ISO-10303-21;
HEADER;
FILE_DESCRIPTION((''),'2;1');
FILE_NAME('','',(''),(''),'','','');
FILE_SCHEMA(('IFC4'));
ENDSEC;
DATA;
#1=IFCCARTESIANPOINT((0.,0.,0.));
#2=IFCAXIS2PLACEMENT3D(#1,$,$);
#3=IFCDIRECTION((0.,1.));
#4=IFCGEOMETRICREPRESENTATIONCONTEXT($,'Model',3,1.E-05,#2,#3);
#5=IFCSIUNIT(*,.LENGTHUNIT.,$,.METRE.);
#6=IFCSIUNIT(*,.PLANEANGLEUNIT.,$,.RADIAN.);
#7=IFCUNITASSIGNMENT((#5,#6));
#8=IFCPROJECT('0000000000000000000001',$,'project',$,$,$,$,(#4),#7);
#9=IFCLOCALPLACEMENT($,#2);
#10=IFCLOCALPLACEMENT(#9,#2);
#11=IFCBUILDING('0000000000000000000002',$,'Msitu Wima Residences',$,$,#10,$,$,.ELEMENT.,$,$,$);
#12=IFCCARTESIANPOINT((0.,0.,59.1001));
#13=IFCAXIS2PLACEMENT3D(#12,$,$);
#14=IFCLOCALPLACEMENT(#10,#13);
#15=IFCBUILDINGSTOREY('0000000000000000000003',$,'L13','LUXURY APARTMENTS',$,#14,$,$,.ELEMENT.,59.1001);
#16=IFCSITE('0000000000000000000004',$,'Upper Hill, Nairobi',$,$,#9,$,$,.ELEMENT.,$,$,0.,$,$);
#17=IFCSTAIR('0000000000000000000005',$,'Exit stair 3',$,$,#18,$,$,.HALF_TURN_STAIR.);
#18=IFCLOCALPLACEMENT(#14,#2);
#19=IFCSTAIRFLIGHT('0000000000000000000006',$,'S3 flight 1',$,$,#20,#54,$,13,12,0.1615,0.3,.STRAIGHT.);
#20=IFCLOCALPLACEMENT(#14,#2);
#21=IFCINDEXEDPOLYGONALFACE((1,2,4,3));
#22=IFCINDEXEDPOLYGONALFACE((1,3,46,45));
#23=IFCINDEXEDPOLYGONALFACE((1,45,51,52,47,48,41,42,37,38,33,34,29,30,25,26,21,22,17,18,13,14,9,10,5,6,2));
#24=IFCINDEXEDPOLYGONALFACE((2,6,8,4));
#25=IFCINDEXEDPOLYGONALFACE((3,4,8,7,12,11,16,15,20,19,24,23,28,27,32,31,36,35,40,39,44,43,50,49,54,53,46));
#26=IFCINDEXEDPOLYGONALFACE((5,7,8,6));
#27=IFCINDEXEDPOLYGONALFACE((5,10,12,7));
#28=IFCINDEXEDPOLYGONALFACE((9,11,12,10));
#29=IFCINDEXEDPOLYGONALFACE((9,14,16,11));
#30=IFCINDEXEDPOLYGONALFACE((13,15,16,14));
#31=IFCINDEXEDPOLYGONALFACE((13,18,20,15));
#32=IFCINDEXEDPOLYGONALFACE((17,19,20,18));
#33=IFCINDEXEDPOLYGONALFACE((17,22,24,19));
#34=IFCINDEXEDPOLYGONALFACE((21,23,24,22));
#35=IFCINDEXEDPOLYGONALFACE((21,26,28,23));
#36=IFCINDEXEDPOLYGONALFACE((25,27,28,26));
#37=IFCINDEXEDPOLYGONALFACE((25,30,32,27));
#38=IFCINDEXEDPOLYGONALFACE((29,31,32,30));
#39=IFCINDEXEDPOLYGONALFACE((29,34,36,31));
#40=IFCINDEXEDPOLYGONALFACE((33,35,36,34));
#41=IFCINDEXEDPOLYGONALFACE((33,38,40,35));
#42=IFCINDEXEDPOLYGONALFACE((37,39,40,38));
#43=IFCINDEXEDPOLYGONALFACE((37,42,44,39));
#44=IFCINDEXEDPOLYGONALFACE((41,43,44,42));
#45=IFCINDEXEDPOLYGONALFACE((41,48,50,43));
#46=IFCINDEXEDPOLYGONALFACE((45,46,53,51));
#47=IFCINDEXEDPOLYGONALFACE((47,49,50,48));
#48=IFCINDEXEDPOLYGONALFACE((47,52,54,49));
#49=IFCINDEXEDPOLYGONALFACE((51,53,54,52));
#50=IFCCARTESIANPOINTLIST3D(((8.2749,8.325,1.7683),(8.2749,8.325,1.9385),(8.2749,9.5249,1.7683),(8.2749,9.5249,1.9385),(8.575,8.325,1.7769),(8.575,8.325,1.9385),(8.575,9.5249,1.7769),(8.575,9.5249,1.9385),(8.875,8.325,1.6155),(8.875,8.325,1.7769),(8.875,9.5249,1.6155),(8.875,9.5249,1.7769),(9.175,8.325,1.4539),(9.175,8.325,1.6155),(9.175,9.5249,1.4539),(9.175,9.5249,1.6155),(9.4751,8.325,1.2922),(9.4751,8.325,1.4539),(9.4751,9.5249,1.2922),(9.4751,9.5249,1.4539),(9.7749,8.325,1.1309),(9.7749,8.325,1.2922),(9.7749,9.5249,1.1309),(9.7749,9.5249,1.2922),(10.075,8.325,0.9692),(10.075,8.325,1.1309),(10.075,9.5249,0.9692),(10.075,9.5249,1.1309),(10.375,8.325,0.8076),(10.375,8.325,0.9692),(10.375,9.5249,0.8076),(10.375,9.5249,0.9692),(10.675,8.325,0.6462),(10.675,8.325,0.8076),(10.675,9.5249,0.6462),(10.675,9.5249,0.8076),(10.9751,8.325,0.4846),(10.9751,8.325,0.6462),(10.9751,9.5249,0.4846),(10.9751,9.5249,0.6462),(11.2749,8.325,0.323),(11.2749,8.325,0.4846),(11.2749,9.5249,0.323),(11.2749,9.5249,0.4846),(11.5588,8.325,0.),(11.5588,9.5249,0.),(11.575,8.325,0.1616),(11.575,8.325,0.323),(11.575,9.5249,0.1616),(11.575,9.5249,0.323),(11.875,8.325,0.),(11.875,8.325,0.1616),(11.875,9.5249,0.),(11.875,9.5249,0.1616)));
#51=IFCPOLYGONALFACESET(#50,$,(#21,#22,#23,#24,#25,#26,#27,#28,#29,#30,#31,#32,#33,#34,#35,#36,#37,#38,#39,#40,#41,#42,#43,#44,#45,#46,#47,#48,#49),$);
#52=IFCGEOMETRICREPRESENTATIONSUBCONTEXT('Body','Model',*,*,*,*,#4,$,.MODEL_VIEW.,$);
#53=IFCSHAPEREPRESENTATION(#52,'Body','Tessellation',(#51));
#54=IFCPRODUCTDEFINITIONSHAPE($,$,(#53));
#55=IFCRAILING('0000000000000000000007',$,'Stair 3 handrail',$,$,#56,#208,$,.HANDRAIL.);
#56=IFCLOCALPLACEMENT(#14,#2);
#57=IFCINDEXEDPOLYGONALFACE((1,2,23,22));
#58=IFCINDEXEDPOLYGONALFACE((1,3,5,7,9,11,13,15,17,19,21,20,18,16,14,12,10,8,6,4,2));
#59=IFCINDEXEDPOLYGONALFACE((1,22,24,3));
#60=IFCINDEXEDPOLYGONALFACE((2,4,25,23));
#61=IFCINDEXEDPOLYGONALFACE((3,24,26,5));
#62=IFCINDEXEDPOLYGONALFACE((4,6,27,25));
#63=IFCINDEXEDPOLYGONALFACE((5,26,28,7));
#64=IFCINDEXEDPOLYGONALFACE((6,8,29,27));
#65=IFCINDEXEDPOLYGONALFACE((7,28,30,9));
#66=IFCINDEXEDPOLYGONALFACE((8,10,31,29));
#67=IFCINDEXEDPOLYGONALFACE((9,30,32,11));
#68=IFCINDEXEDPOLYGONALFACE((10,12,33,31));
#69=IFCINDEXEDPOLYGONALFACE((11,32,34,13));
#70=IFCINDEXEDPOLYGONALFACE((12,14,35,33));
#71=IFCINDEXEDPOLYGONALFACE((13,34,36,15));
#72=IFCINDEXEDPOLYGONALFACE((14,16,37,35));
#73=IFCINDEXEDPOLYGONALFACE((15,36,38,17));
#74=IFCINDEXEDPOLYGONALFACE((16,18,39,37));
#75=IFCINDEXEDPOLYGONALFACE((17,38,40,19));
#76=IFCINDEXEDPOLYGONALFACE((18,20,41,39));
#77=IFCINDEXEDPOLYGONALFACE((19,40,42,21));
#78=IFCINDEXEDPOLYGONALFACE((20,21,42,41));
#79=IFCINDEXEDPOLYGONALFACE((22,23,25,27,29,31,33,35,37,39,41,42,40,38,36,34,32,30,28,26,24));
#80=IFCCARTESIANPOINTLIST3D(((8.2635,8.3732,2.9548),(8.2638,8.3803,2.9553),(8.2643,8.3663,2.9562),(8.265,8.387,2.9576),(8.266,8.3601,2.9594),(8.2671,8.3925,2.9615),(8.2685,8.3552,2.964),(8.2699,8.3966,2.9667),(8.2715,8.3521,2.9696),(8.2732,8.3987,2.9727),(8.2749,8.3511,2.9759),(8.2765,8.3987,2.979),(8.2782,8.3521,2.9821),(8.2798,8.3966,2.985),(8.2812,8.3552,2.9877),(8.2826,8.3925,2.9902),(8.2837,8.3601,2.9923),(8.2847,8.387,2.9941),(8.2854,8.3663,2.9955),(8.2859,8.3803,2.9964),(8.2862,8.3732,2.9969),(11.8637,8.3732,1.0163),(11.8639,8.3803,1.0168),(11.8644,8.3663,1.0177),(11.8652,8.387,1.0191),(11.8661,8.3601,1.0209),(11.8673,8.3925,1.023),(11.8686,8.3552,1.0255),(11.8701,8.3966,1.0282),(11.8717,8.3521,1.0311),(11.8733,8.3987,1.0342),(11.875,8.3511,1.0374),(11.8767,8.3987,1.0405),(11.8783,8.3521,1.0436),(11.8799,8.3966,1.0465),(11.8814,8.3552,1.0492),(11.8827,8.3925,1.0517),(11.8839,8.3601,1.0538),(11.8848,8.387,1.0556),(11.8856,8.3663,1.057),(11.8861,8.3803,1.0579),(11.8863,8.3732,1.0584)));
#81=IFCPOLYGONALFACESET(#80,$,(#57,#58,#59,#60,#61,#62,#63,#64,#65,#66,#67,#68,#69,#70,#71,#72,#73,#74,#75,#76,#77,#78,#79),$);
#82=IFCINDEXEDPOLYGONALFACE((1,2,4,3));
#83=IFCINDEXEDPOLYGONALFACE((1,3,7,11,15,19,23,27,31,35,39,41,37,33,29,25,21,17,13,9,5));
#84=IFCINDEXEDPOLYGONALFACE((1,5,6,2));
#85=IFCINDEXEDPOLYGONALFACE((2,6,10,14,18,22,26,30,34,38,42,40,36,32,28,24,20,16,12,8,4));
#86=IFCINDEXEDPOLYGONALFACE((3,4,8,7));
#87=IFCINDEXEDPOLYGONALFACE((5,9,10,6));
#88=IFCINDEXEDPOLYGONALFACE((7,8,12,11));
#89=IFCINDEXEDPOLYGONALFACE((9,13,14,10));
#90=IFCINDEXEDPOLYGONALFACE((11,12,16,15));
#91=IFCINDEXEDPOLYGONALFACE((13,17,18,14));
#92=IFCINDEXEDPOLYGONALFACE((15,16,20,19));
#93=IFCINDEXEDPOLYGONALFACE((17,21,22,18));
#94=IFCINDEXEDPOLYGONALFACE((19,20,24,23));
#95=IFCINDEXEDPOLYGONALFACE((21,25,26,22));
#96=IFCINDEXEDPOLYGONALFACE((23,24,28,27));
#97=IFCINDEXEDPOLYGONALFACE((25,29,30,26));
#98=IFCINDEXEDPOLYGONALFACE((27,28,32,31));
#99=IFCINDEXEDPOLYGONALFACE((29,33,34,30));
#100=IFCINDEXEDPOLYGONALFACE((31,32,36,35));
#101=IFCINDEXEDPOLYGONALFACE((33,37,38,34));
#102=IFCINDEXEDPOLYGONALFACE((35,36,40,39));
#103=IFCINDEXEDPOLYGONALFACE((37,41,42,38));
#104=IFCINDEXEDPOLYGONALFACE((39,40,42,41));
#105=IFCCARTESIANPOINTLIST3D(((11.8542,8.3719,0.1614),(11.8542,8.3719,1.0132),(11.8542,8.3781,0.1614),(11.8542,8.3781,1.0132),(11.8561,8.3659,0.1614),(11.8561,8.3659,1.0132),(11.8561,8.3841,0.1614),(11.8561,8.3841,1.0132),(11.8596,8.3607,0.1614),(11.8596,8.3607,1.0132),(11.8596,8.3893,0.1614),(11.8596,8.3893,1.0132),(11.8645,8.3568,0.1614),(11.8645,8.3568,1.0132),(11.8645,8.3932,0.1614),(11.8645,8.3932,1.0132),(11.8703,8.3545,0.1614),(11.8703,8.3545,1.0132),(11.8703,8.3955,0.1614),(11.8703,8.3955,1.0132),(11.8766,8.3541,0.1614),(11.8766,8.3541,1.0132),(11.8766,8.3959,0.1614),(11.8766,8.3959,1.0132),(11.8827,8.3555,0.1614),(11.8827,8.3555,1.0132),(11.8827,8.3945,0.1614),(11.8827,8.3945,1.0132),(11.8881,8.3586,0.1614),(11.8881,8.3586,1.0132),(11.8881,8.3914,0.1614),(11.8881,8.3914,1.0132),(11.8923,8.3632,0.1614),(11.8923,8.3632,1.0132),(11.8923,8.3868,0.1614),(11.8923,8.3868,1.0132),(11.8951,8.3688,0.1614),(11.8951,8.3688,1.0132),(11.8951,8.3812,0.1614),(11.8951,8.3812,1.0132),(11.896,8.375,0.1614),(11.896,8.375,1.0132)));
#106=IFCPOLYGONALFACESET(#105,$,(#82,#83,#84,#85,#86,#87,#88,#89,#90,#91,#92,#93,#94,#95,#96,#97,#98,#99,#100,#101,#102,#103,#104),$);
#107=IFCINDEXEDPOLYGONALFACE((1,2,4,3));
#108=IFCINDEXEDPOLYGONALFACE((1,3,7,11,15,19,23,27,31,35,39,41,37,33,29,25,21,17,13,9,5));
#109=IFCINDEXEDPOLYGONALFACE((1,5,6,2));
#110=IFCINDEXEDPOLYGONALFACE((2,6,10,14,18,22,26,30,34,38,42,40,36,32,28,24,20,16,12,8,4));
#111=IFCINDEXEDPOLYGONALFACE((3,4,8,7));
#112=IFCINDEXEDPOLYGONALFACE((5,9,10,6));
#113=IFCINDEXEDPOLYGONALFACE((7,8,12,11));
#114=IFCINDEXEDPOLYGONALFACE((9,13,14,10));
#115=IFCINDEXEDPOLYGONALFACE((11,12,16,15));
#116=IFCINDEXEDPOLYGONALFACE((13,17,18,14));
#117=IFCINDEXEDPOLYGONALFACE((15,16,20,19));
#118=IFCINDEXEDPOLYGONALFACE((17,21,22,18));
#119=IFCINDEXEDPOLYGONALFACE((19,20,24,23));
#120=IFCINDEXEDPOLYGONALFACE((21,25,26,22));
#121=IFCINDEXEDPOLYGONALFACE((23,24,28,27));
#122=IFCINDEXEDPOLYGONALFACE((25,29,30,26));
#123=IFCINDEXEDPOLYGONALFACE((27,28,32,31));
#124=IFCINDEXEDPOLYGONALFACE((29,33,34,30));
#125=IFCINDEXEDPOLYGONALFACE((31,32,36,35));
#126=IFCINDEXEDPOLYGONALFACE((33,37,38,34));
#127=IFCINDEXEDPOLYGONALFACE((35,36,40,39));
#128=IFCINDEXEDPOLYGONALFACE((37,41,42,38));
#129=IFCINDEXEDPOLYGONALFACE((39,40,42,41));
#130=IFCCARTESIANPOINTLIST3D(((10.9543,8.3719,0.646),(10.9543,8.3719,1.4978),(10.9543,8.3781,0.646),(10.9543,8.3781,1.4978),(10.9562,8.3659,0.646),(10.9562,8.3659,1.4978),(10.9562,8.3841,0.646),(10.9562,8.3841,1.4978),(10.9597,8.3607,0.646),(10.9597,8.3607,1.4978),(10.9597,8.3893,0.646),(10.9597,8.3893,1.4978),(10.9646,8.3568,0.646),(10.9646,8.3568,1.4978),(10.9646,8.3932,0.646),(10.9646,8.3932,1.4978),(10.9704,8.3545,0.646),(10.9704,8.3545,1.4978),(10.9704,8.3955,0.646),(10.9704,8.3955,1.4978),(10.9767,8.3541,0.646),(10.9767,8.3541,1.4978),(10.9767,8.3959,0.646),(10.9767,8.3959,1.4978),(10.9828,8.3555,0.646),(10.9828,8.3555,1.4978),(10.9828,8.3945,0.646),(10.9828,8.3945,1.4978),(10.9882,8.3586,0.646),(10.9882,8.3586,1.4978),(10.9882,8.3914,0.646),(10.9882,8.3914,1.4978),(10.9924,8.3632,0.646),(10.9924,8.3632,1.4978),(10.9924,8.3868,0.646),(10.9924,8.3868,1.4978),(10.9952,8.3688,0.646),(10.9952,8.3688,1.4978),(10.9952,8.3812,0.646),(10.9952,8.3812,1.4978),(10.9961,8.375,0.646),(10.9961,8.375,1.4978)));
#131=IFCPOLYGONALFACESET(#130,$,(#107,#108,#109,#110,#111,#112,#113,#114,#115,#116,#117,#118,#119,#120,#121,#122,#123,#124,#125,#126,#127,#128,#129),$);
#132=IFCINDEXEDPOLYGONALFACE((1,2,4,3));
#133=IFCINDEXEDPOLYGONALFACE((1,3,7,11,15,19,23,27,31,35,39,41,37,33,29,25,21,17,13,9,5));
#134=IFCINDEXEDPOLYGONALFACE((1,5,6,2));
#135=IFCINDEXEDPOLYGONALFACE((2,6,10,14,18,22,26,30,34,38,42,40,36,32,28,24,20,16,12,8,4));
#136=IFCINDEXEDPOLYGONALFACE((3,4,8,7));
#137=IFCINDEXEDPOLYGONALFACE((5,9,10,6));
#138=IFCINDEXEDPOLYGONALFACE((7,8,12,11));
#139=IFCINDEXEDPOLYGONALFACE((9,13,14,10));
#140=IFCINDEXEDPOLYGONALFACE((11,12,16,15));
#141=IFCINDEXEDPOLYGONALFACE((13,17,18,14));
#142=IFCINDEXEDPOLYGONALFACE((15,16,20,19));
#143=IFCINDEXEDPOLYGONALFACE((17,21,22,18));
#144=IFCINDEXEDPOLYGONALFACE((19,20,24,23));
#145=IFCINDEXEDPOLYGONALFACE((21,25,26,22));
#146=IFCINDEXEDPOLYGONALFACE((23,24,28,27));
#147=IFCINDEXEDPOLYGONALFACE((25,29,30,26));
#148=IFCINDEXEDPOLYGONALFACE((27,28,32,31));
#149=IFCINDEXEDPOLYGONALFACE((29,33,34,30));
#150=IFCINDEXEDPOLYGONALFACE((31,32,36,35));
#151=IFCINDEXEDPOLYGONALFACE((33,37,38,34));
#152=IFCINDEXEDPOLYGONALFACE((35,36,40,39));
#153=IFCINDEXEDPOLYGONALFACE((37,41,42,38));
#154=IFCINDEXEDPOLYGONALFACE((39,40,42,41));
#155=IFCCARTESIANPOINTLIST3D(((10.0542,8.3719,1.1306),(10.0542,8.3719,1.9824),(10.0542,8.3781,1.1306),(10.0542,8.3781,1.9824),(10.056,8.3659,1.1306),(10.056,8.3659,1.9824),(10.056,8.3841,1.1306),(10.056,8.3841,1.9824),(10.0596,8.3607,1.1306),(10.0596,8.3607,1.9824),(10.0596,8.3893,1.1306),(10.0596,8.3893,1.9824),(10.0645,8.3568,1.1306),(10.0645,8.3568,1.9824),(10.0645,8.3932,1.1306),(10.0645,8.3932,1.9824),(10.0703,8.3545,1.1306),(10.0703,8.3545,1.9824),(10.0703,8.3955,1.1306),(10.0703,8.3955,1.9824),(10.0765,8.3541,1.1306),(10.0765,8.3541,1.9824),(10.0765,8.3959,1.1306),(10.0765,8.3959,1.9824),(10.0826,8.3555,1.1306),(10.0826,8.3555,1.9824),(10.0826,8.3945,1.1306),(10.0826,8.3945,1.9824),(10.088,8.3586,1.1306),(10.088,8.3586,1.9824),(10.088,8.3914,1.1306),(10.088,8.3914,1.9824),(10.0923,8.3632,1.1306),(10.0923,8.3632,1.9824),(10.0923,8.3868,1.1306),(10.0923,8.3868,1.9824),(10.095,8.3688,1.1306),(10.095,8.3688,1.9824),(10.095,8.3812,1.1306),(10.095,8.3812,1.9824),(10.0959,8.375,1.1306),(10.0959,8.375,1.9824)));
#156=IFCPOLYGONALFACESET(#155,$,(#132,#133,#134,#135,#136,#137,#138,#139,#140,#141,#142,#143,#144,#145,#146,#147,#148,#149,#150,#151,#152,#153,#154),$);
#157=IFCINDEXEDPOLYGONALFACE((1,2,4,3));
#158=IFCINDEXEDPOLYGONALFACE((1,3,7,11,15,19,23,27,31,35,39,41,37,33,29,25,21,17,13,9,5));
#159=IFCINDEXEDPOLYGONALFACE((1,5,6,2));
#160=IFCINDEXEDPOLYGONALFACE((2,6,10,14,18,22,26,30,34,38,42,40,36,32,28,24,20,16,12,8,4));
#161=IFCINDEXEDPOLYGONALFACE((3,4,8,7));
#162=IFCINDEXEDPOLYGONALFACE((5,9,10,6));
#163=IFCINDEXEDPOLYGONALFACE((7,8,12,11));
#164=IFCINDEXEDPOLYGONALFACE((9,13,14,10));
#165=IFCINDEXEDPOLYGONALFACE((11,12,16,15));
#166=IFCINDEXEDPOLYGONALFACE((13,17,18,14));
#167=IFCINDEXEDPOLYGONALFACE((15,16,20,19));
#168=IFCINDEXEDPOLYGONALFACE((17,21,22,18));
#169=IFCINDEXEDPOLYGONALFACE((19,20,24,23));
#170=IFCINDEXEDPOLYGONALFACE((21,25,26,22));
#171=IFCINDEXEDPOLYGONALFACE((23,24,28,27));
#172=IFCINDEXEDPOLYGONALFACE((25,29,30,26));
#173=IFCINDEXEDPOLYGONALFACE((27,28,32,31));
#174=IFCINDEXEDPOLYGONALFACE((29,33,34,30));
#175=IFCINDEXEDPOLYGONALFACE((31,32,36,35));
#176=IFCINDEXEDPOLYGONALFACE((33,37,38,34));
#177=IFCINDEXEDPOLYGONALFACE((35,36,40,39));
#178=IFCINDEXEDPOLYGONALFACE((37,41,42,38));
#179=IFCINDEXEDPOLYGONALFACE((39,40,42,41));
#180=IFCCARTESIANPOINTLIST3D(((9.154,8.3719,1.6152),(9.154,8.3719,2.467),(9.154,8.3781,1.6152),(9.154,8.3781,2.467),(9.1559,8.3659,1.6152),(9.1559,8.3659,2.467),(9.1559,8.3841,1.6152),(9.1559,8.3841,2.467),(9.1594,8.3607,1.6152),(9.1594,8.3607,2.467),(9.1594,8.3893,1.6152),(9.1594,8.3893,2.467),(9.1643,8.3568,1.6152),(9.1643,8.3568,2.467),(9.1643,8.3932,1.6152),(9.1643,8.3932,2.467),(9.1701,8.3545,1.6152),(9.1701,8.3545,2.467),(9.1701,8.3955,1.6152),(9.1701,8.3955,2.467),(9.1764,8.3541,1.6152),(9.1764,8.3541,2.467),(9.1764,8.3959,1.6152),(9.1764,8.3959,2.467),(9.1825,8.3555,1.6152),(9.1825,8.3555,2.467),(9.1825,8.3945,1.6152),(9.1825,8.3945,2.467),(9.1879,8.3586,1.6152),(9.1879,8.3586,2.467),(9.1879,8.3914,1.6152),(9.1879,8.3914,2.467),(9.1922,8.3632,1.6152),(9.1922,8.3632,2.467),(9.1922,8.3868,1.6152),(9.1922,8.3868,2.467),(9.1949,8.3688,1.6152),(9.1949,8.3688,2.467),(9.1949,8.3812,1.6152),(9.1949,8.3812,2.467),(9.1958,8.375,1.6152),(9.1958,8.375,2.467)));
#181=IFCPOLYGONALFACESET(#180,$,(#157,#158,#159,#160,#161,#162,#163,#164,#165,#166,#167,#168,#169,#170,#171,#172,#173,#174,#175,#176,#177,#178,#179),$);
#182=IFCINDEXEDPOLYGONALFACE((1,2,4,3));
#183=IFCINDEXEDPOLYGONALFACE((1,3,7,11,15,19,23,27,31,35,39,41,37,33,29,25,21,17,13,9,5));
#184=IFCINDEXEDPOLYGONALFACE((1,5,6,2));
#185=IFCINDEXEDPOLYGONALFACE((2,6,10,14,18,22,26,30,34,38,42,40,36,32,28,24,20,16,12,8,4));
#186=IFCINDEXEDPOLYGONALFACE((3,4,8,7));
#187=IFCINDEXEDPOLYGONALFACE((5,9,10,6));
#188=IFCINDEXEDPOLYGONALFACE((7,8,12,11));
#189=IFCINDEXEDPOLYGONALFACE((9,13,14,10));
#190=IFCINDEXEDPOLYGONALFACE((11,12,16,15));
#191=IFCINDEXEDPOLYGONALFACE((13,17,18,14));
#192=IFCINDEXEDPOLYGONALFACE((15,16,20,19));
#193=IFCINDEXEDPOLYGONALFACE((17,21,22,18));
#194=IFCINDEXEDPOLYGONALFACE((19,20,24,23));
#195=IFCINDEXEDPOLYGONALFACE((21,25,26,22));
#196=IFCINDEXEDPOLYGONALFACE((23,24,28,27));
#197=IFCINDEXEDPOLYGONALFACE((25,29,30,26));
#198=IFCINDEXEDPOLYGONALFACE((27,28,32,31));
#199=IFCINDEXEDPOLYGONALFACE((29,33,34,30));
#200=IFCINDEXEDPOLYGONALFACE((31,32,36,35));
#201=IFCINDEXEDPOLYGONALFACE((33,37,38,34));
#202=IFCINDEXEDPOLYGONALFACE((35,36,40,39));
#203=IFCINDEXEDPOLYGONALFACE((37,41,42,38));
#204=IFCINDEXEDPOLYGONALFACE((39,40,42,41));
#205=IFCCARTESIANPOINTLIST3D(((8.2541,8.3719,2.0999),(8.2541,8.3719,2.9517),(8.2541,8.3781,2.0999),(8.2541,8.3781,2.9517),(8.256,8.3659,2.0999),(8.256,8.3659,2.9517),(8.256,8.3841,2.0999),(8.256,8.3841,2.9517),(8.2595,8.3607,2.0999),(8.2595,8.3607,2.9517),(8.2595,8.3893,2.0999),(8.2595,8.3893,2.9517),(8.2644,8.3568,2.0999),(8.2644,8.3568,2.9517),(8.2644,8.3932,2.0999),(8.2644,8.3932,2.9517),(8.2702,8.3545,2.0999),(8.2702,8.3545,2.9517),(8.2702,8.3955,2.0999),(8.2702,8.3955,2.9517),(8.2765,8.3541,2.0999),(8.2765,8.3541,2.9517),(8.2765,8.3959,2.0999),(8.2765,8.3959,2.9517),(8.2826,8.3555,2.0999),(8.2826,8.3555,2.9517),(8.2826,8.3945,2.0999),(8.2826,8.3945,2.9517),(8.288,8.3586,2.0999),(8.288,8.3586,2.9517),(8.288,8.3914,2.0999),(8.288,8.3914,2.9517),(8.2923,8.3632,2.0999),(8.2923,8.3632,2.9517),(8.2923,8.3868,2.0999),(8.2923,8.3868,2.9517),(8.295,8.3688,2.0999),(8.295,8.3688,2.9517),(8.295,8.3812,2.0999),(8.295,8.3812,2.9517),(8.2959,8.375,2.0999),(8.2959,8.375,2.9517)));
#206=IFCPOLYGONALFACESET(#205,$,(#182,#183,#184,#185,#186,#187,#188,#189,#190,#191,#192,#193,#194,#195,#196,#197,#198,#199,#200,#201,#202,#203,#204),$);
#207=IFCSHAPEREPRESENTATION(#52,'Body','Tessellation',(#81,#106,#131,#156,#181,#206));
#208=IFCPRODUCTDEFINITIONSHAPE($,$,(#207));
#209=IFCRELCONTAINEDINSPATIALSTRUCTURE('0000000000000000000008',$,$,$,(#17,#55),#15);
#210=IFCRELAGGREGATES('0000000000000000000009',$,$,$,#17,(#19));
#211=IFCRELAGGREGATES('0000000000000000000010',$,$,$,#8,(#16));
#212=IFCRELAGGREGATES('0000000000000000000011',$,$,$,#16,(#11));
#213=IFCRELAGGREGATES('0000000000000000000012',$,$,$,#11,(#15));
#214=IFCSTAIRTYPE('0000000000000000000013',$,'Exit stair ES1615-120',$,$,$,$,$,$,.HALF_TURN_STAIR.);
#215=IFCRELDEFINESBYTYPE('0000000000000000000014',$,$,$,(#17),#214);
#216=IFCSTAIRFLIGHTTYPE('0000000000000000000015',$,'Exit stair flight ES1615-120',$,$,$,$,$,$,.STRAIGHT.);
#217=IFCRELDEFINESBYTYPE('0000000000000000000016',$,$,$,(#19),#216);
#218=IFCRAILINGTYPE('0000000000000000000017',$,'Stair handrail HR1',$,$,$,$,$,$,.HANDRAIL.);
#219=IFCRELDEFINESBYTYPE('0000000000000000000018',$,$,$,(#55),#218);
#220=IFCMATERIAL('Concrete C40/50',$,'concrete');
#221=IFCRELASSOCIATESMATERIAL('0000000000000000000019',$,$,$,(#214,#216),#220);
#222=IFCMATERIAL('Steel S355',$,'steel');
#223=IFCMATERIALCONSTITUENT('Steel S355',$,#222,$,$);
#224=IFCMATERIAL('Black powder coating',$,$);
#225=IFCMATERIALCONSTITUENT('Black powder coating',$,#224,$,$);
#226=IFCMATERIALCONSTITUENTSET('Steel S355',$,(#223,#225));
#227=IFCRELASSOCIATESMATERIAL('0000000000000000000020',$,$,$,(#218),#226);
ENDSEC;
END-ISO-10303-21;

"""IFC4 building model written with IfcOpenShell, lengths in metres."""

from ifc_helpers import new_model, si_unit, direction, frame, origin, origin_2d, place, context, subcontext, project, spatial, polyline, circle, outline, extrude, material, constituent, constituent_set, type_object, element, aggregate, save


model = new_model("IFC4")

# Units and contexts
model_context = context("Model", 3, precision=1e-05, world=origin(), true_north=direction((0.0, 1.0)))
body_context = subcontext(model_context, "Body", "Model", "MODEL_VIEW")
ifc_project = project(units=[si_unit("LENGTHUNIT", "METRE"), si_unit("PLANEANGLEUNIT", "RADIAN")], contexts=[model_context])

# Site, building, storey
site_placement = place(None, origin())
site = spatial("IfcSite", under=ifc_project, at=site_placement, Name="Upper Hill, Nairobi", CompositionType="ELEMENT", RefElevation=0.0)
building_placement = place(site_placement, origin())
building = spatial("IfcBuilding", under=site, at=building_placement, Name="Msitu Wima Residences", CompositionType="ELEMENT")
storey_placement = place(building_placement, frame((0.0, 0.0, 59.1001)))
storey = spatial("IfcBuildingStorey", under=building, at=storey_placement, Name="L13", Description="LUXURY APARTMENTS", CompositionType="ELEMENT", Elevation=59.1001)

# Shared definitions
ifc_material_1 = material(Name="Concrete C40/50", Category="concrete")

# Stair
stair_type = type_object("IfcStairType", Name="Exit stair ES1615-120", PredefinedType="HALF_TURN_STAIR", material=ifc_material_1)
stair_1_placement = place(storey_placement, origin())
stair_1 = element("IfcStair", 1, at=stair_1_placement, inside=storey, type_object=stair_type, Name="Exit stair 3", PredefinedType="HALF_TURN_STAIR")

# Stair flight
stair_flight_type = type_object("IfcStairFlightType", Name="Exit stair flight ES1615-120", PredefinedType="STRAIGHT", material=ifc_material_1)
stair_flight_placement = place(storey_placement, frame((11.875, 8.925, 0.0), z_axis=(0.0, 0.0, 1.0), x_axis=(-1.0, 0.0, 0.0)))
stair_flight = element("IfcStairFlight", 2, at=stair_flight_placement, type_object=stair_flight_type, Name="S3 flight 1", NumberOfRisers=13, NumberOfTreads=12, PredefinedType="STRAIGHT", RiserHeight=0.1615, TreadLength=0.3, context=body_context, shape_type="SweptSolid", body=[
    extrude(outline(polyline([(0.0, 0.0), (0.0, 0.1616), (0.3, 0.1616), (0.3, 0.323), (0.6001, 0.323), (0.6001, 0.4846), (0.8999, 0.4846), (0.8999, 0.6462), (1.2, 0.6462), (1.2, 0.8076), (1.5, 0.8076), (1.5, 0.9692), (1.8, 0.9692), (1.8, 1.1309), (2.1001, 1.1309), (2.1001, 1.2922), (2.3999, 1.2922), (2.3999, 1.4539), (2.7, 1.4539), (2.7, 1.6155), (3.0, 1.6155), (3.0, 1.7769), (3.3, 1.7769), (3.3, 1.9385), (3.6001, 1.9385), (3.6001, 2.1001), (3.6001, 1.7683), (0.3162, 0.0), (0.0, 0.0)])), frame((0.0, 0.6001, 0.0), z_axis=(0.0, -1.0, 0.0), x_axis=(1.0, 0.0, 0.0)), (0.0, 0.0, 1.0), 1.2),
])
aggregate(stair_1, [stair_flight])

# Railing
ifc_material_2 = material(Name="Steel S355", Category="steel")
ifc_constituent_1 = constituent(ifc_material_2, Name="Steel S355")
ifc_material_3 = material(Name="Black powder coating")
ifc_constituent_2 = constituent(ifc_material_3, Name="Black powder coating")
ifc_constituent_set = constituent_set(constituents=[ifc_constituent_1, ifc_constituent_2], Name="Steel S355")
railing_type = type_object("IfcRailingType", Name="Stair handrail HR1", PredefinedType="HANDRAIL", material=ifc_constituent_set)
railing_placement = place(storey_placement, frame((11.875, 8.375, 0.1614)))
element("IfcRailing", 3, at=railing_placement, inside=storey, type_object=railing_type, Name="Stair 3 handrail", PredefinedType="HANDRAIL", context=body_context, shape_type="SweptSolid", body=[
    extrude(circle(Radius=0.0239, at=origin_2d()), frame((0.0, 0.0, 0.876), z_axis=(-0.880475, 0.0, 0.474093), x_axis=(0.0, -1.0, 0.0)), (0.0, 0.0, 1.0), 4.0889),
    extrude(circle(Radius=0.021, at=origin_2d()), origin(), (0.0, 0.0, 1.0), 0.8518),
    extrude(circle(Radius=0.021, at=origin_2d()), frame((-0.8999, 0.0, 0.4846)), (0.0, 0.0, 1.0), 0.8518),
    extrude(circle(Radius=0.021, at=origin_2d()), frame((-1.8, 0.0, 0.9692)), (0.0, 0.0, 1.0), 0.8518),
    extrude(circle(Radius=0.021, at=origin_2d()), frame((-2.7002, 0.0, 1.4539)), (0.0, 0.0, 1.0), 0.8518),
    extrude(circle(Radius=0.021, at=origin_2d()), frame((-3.6001, 0.0, 1.9385)), (0.0, 0.0, 1.0), 0.8518),
])

save(model, "model.ifc")
